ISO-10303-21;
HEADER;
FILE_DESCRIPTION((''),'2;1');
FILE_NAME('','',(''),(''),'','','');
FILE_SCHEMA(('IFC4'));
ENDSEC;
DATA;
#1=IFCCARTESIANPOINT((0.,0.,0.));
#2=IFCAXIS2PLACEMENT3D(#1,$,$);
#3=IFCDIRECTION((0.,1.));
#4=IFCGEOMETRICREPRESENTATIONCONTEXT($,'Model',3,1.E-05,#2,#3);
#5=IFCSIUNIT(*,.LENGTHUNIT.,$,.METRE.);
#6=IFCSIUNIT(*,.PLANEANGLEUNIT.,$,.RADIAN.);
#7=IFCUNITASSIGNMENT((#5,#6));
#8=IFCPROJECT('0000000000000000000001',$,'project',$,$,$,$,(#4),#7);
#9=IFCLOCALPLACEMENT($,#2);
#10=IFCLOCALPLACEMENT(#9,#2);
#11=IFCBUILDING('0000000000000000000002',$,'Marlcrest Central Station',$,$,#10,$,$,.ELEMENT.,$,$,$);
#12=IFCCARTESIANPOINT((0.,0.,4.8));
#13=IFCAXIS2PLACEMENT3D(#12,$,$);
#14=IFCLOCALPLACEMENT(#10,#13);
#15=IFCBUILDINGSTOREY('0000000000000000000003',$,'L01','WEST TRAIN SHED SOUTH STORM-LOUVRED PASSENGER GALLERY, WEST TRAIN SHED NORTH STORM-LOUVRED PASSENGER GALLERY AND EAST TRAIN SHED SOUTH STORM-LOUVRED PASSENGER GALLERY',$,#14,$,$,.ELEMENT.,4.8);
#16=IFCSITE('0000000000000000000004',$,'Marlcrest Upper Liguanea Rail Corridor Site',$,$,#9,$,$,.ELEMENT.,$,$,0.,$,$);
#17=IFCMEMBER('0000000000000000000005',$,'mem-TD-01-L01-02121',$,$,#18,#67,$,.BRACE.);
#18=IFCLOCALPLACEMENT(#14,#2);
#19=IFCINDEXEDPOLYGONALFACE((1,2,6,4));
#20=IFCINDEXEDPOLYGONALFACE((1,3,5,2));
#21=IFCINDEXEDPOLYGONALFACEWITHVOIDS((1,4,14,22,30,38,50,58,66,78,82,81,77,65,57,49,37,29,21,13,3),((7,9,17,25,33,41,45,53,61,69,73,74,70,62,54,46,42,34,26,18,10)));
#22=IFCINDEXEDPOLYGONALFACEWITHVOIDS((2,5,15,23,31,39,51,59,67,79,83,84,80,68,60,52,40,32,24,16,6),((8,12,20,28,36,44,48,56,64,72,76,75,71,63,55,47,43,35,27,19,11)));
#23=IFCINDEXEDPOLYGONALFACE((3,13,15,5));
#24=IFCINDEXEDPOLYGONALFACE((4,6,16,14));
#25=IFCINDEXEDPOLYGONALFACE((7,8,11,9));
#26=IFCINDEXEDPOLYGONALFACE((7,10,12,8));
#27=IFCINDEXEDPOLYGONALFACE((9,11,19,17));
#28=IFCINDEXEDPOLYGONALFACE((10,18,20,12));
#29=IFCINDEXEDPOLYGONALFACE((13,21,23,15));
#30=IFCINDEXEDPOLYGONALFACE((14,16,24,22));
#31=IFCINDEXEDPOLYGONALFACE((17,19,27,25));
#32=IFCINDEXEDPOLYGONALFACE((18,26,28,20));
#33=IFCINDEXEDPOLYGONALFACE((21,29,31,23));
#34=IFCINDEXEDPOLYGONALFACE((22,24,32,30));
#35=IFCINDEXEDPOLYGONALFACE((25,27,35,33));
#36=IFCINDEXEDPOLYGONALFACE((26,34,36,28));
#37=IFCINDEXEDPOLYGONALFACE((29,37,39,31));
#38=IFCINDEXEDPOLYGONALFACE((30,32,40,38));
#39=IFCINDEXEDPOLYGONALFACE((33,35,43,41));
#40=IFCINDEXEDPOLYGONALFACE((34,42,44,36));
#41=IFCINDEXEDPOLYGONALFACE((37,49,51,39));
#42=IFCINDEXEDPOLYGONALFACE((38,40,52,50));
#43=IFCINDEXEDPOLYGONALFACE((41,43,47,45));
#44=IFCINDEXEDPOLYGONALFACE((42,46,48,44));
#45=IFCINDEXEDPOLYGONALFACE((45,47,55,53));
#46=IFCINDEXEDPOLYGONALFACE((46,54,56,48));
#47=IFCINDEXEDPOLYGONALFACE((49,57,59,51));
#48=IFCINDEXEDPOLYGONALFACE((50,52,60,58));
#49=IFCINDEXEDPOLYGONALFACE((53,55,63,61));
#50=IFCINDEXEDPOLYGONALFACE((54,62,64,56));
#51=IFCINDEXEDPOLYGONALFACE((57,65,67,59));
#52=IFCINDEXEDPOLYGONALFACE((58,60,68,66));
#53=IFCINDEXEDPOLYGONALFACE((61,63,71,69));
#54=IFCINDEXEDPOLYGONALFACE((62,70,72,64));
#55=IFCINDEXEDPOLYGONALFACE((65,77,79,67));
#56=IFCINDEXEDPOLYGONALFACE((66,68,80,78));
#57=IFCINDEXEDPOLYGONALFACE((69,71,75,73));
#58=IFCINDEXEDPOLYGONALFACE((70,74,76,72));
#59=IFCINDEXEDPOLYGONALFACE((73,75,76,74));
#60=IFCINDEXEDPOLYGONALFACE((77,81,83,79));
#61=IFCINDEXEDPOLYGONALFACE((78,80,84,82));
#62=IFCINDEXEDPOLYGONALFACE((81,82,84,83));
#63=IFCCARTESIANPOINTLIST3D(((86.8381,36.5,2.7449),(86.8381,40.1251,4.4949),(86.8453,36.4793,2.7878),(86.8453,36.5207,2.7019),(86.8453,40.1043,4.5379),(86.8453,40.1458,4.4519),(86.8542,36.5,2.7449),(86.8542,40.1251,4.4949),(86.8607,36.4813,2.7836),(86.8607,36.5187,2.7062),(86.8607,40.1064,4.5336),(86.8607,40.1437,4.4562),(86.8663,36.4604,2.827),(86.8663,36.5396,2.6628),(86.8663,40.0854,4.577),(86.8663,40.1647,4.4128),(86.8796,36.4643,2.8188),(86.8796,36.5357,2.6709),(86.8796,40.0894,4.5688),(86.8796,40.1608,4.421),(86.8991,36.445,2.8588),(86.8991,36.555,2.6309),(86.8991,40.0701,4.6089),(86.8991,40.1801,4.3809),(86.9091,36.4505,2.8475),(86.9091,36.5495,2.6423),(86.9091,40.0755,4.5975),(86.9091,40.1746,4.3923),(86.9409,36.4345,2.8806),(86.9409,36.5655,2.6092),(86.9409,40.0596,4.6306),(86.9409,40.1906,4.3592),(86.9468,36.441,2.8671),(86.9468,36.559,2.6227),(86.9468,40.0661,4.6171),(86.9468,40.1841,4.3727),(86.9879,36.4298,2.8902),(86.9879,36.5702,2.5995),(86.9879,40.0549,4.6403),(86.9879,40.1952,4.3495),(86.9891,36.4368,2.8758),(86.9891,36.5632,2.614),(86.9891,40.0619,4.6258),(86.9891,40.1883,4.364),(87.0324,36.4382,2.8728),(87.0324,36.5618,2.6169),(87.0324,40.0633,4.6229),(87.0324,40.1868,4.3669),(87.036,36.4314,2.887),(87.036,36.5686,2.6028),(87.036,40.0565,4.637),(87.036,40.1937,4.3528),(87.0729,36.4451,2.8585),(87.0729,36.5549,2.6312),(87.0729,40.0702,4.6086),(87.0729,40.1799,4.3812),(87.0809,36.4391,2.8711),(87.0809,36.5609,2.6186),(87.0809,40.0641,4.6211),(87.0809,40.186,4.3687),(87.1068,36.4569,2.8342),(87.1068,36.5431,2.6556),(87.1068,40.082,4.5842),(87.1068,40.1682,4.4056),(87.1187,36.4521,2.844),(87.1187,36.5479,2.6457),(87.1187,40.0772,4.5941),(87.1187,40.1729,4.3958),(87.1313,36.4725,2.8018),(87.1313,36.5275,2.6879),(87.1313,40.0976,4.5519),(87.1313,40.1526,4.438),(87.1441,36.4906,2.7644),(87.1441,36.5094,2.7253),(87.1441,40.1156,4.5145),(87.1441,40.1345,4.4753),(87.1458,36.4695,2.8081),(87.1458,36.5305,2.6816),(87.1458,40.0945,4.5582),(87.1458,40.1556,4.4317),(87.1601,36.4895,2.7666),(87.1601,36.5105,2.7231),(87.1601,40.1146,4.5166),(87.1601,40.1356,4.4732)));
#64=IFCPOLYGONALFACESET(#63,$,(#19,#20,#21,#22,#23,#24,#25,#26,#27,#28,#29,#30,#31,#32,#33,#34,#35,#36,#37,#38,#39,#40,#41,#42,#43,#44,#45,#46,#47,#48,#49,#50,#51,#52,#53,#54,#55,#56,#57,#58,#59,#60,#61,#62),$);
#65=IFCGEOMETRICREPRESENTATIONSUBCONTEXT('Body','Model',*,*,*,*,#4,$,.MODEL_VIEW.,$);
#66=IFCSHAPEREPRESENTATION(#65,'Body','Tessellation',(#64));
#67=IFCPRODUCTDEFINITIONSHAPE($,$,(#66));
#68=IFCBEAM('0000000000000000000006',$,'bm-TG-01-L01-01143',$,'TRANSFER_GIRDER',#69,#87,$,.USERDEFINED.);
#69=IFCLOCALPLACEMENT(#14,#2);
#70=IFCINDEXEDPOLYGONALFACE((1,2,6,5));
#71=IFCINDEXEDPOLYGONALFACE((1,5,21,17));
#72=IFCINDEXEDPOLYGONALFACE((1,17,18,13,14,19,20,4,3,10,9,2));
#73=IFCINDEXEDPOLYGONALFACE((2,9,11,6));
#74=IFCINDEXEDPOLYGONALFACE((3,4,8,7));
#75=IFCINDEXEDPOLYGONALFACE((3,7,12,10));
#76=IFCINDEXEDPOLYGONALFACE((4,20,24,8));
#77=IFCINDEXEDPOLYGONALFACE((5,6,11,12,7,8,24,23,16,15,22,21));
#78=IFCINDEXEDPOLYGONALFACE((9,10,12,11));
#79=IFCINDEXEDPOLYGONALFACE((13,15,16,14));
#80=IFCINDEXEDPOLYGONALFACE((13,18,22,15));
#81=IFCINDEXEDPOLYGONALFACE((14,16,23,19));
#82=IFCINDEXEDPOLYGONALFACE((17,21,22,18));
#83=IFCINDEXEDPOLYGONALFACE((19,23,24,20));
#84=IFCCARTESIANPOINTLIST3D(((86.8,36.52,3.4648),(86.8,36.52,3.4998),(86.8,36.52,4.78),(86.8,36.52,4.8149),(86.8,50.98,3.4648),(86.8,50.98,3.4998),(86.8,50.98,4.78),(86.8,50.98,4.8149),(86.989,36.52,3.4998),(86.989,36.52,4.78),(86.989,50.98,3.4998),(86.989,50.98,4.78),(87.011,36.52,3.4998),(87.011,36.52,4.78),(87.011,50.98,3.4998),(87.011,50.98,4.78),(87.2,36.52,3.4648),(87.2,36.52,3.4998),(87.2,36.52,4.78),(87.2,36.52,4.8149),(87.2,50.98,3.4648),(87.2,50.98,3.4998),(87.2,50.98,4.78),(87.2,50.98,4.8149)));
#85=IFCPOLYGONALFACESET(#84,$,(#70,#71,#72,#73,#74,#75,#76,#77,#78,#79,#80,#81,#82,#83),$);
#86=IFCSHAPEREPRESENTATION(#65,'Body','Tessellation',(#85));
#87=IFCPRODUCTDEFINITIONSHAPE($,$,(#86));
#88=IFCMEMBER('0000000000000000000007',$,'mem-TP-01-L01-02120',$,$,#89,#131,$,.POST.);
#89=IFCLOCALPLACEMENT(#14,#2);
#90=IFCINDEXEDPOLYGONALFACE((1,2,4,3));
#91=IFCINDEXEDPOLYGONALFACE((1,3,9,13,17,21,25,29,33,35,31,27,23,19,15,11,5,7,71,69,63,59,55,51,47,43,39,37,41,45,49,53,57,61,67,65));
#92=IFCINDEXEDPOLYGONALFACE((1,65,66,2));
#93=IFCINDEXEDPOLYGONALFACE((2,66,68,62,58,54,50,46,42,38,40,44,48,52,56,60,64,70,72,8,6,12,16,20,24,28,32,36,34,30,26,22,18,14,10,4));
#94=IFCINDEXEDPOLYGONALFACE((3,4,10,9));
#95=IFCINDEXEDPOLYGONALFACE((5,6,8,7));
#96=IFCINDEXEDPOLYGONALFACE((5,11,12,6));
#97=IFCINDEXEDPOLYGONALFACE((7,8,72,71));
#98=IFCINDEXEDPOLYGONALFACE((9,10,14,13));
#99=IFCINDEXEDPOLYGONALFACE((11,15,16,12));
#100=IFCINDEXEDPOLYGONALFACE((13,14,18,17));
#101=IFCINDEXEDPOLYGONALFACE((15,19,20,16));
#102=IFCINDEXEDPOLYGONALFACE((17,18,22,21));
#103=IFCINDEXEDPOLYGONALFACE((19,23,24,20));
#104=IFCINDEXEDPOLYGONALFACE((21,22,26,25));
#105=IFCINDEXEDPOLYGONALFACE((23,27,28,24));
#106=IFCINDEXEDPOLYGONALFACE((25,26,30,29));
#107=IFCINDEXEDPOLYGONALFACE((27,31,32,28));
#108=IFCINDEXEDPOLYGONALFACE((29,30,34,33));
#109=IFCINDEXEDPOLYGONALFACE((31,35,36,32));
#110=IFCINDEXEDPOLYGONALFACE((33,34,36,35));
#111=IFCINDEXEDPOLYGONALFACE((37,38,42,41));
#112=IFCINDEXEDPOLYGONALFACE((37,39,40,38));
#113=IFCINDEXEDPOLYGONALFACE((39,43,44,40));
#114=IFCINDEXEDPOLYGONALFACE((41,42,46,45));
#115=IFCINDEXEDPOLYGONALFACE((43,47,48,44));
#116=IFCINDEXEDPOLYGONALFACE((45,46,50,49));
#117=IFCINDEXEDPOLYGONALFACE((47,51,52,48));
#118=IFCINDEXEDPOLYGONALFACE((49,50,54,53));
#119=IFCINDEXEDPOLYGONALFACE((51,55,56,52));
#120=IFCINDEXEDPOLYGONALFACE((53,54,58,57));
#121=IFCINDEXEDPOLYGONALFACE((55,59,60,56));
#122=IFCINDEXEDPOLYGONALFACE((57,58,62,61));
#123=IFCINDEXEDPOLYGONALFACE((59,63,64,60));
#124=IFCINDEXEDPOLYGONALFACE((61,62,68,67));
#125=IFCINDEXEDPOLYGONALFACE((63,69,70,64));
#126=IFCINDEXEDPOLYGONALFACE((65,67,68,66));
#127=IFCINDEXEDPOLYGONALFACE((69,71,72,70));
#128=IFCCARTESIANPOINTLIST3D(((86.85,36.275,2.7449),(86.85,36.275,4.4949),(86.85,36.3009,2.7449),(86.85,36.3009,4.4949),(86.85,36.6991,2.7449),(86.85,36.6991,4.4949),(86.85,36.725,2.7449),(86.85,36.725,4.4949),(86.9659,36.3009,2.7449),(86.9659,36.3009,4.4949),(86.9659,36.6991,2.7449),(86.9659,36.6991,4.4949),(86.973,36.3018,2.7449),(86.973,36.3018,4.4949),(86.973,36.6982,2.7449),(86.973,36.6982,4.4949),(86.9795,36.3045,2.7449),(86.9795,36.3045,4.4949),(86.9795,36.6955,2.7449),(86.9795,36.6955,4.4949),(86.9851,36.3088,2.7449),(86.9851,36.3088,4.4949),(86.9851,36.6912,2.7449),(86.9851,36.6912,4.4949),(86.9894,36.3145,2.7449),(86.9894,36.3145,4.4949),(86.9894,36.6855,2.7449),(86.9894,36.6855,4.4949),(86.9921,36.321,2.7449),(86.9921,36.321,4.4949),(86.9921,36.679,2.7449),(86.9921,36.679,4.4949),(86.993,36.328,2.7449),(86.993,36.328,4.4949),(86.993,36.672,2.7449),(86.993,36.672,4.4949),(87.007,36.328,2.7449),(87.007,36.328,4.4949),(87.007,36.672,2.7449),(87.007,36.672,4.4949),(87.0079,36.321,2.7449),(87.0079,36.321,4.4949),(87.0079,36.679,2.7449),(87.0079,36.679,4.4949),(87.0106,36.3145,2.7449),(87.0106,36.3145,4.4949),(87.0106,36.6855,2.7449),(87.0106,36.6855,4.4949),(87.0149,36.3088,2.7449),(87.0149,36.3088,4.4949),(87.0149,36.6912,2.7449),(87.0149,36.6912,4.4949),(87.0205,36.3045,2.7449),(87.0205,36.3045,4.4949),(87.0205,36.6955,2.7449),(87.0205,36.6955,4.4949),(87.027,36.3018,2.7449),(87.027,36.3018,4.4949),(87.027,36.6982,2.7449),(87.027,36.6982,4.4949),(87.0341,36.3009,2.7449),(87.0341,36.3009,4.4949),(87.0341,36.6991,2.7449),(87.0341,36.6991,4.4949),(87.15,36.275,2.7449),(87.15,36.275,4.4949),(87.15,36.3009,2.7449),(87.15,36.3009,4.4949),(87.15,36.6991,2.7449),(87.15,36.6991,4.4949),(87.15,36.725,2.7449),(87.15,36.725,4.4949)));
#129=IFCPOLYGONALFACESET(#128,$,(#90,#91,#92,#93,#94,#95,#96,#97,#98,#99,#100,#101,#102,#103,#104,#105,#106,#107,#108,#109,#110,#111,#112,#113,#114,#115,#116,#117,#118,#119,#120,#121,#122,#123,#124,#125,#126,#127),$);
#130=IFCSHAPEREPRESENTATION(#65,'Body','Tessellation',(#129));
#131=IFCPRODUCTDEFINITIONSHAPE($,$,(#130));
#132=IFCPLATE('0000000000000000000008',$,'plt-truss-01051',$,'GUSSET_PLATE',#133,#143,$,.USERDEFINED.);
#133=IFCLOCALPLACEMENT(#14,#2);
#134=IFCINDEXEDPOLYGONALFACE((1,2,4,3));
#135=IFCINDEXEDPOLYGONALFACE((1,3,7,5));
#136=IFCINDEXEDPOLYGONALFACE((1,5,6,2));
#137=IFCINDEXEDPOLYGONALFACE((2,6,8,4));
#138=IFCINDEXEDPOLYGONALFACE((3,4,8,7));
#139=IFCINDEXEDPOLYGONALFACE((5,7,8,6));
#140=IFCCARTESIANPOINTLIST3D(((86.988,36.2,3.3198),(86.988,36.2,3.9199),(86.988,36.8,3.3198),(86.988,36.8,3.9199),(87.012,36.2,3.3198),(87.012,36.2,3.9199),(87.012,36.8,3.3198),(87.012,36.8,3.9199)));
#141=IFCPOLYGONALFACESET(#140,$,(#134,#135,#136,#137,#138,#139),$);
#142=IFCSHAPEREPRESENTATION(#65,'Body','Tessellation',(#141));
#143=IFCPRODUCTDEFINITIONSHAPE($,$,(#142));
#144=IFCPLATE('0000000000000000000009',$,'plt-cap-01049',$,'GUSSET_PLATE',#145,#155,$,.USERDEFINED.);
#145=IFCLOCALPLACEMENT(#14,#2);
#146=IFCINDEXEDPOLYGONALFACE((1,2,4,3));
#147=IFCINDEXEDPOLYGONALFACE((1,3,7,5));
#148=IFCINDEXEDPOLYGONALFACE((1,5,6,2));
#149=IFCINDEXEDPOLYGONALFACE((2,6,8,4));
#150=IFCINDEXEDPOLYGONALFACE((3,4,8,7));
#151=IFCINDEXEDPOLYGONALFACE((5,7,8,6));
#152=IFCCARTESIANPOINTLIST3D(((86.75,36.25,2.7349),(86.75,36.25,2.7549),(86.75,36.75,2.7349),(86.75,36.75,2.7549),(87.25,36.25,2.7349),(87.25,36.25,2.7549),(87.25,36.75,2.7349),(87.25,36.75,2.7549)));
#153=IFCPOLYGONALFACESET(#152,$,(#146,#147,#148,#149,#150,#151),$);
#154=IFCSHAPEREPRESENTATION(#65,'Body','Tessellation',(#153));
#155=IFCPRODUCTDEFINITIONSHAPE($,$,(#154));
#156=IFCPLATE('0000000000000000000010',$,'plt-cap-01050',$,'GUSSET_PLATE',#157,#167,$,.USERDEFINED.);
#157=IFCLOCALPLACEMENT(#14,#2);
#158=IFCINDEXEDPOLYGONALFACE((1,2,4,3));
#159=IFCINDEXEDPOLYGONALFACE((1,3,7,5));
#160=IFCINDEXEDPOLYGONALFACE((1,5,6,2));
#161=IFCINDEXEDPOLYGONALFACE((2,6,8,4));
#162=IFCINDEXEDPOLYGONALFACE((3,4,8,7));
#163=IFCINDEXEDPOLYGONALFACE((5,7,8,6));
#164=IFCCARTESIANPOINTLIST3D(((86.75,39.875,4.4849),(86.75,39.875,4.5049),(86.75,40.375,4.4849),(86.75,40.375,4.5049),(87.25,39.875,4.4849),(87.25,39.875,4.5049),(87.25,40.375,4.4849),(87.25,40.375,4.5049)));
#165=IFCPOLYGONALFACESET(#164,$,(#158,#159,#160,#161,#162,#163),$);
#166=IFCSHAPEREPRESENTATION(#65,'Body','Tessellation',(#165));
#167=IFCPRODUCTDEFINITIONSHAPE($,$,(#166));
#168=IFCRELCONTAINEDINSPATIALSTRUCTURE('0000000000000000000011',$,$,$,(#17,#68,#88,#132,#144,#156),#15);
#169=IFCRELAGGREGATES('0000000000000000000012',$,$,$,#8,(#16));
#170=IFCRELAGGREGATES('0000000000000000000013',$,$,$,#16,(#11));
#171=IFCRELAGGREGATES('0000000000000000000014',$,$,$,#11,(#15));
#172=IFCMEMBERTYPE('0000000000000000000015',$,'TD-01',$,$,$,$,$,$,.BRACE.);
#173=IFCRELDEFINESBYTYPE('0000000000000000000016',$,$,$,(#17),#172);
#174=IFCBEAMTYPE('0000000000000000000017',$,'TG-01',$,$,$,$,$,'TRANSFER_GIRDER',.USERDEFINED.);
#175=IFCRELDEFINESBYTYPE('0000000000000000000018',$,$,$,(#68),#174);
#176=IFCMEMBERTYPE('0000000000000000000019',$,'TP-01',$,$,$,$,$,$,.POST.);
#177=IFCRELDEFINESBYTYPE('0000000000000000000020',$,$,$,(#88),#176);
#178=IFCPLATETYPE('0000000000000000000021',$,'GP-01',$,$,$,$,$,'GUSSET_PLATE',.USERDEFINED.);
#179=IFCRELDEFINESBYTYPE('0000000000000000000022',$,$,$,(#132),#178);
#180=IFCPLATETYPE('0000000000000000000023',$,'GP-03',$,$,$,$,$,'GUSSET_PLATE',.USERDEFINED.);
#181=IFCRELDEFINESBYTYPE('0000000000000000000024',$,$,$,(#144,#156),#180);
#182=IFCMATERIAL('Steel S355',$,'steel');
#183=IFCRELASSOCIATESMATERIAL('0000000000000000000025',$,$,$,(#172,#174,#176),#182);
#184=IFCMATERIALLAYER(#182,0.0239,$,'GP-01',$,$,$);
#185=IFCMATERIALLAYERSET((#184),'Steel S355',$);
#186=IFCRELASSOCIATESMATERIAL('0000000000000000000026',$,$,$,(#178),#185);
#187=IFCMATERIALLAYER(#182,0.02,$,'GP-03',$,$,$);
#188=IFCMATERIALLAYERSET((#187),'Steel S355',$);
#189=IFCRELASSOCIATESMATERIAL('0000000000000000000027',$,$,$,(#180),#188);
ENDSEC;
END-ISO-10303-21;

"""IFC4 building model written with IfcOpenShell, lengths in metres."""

from ifc_helpers import new_model, si_unit, direction, frame, origin, origin_2d, place, context, subcontext, project, spatial, rectangle, hollow_circle, i_section, extrude, material, layer, layer_set, material_profile, profile_set, type_object, element, save


model = new_model("IFC4")

# Units and contexts
model_context = context("Model", 3, precision=1e-05, world=origin(), true_north=direction((0.0, 1.0)))
body_context = subcontext(model_context, "Body", "Model", "MODEL_VIEW")
ifc_project = project(units=[si_unit("LENGTHUNIT", "METRE"), si_unit("PLANEANGLEUNIT", "RADIAN")], contexts=[model_context])

# Site, building, storey
site_placement = place(None, origin())
site = spatial("IfcSite", under=ifc_project, at=site_placement, Name="Marlcrest Upper Liguanea Rail Corridor Site", CompositionType="ELEMENT", RefElevation=0.0)
building_placement = place(site_placement, origin())
building = spatial("IfcBuilding", under=site, at=building_placement, Name="Marlcrest Central Station", CompositionType="ELEMENT")
storey_placement = place(building_placement, frame((0.0, 0.0, 4.8)))
storey = spatial("IfcBuildingStorey", under=building, at=storey_placement, Name="L01", Description="WEST TRAIN SHED SOUTH STORM-LOUVRED PASSENGER GALLERY, WEST TRAIN SHED NORTH STORM-LOUVRED PASSENGER GALLERY AND EAST TRAIN SHED SOUTH STORM-LOUVRED PASSENGER GALLERY", CompositionType="ELEMENT", Elevation=4.8)

# Shared definitions
ifc_material_1 = material(Name="Steel S355", Category="steel")

# Member
ifc_material_profile_1 = material_profile(ifc_material_1, hollow_circle(Radius=0.1619, WallThickness=0.0161, at=origin_2d()), Name="CHS 323.9x16")
ifc_profile_set_1 = profile_set([ifc_material_profile_1], Name="Steel S355")
member_type_1 = type_object("IfcMemberType", Name="TD-01", PredefinedType="BRACE", material=ifc_profile_set_1)
member_1_placement = place(storey_placement, frame((87.0, 36.5, 2.7449), z_axis=(0.0, 0.900552, 0.434749), x_axis=(-1.0, 0.0, 0.0)))
element("IfcMember", 1, at=member_1_placement, inside=storey, type_object=member_type_1, Name="mem-TD-01-L01-02121", PredefinedType="BRACE", context=body_context, shape_type="SweptSolid", body=[
    extrude(hollow_circle(Radius=0.1619, WallThickness=0.0161, at=origin_2d()), origin(), (0.0, 0.0, 1.0), 4.0254),
])

# Beam
ifc_material_profile_2 = material_profile(ifc_material_1, i_section(OverallWidth=0.3999, OverallDepth=1.3501, WebThickness=0.022, FlangeThickness=0.0349, at=origin_2d()), Name="PG 1350x400")
ifc_profile_set_2 = profile_set([ifc_material_profile_2], Name="Steel S355")
beam_type = type_object("IfcBeamType", Name="TG-01", ElementType="TRANSFER_GIRDER", PredefinedType="USERDEFINED", material=ifc_profile_set_2)
beam_placement = place(storey_placement, frame((87.0, 36.52, 4.1399), z_axis=(0.0, 1.0, 0.0), x_axis=(-1.0, 0.0, 0.0)))
element("IfcBeam", 2, at=beam_placement, inside=storey, type_object=beam_type, Name="bm-TG-01-L01-01143", ObjectType="TRANSFER_GIRDER", PredefinedType="USERDEFINED", context=body_context, shape_type="SweptSolid", body=[
    extrude(i_section(OverallWidth=0.3999, OverallDepth=1.3501, WebThickness=0.022, FlangeThickness=0.0349, at=origin_2d()), origin(), (0.0, 0.0, 1.0), 14.46),
])

# Member
ifc_material_profile_3 = material_profile(ifc_material_1, i_section(OverallWidth=0.3, OverallDepth=0.45, WebThickness=0.0139, FlangeThickness=0.0259, FilletRadius=0.0271, at=origin_2d()), Name="HEB 450")
ifc_profile_set_3 = profile_set([ifc_material_profile_3], Name="Steel S355")
member_type_2 = type_object("IfcMemberType", Name="TP-01", PredefinedType="POST", material=ifc_profile_set_3)
member_2_placement = place(storey_placement, frame((87.0, 36.5, 2.7449), z_axis=(0.0, 0.0, 1.0), x_axis=(1.0, 0.0, 0.0)))
element("IfcMember", 3, at=member_2_placement, inside=storey, type_object=member_type_2, Name="mem-TP-01-L01-02120", PredefinedType="POST", context=body_context, shape_type="SweptSolid", body=[
    extrude(i_section(OverallWidth=0.3, OverallDepth=0.45, WebThickness=0.0139, FlangeThickness=0.0259, FilletRadius=0.0271, at=origin_2d()), origin(), (0.0, 0.0, 1.0), 1.75),
])

# Plates
ifc_layer_1 = layer(ifc_material_1, 0.0239, Name="GP-01")
ifc_layer_set_1 = layer_set([ifc_layer_1], Name="Steel S355")
plate_type_1 = type_object("IfcPlateType", Name="GP-01", ElementType="GUSSET_PLATE", PredefinedType="USERDEFINED", material=ifc_layer_set_1)
plate_placement = place(storey_placement, frame((87.0, 36.5, 3.3198), z_axis=(0.0, 0.0, 1.0), x_axis=(1.0, 0.0, 0.0)))
element("IfcPlate", 4, at=plate_placement, inside=storey, type_object=plate_type_1, Name="plt-truss-01051", ObjectType="GUSSET_PLATE", PredefinedType="USERDEFINED", context=body_context, shape_type="SweptSolid", body=[
    extrude(rectangle(XDim=0.0239, YDim=0.6001, at=origin_2d()), origin(), (0.0, 0.0, 1.0), 0.6001),
])
ifc_layer_2 = layer(ifc_material_1, 0.02, Name="GP-03")
ifc_layer_set_2 = layer_set([ifc_layer_2], Name="Steel S355")
plate_type_2 = type_object("IfcPlateType", Name="GP-03", ElementType="GUSSET_PLATE", PredefinedType="USERDEFINED", material=ifc_layer_set_2)
for number, where, z_axis, x_axis, name in (
    (5, (87.0, 36.5, 2.7349), (0.0, 0.0, 1.0), (1.0, 0.0, 0.0), "plt-cap-01049"),
    (6, (87.0, 40.125, 4.4849), (0.0, 0.0, 1.0), (1.0, 0.0, 0.0), "plt-cap-01050"),
):
    element("IfcPlate", number, at=place(storey_placement, frame(where, z_axis=z_axis, x_axis=x_axis)), inside=storey, type_object=plate_type_2, Name=name, ObjectType="GUSSET_PLATE", PredefinedType="USERDEFINED", context=body_context, shape_type="SweptSolid", body=[
        extrude(rectangle(XDim=0.5, YDim=0.5, at=origin_2d()), origin(), (0.0, 0.0, 1.0), 0.02),
    ])

save(model, "model.ifc")
